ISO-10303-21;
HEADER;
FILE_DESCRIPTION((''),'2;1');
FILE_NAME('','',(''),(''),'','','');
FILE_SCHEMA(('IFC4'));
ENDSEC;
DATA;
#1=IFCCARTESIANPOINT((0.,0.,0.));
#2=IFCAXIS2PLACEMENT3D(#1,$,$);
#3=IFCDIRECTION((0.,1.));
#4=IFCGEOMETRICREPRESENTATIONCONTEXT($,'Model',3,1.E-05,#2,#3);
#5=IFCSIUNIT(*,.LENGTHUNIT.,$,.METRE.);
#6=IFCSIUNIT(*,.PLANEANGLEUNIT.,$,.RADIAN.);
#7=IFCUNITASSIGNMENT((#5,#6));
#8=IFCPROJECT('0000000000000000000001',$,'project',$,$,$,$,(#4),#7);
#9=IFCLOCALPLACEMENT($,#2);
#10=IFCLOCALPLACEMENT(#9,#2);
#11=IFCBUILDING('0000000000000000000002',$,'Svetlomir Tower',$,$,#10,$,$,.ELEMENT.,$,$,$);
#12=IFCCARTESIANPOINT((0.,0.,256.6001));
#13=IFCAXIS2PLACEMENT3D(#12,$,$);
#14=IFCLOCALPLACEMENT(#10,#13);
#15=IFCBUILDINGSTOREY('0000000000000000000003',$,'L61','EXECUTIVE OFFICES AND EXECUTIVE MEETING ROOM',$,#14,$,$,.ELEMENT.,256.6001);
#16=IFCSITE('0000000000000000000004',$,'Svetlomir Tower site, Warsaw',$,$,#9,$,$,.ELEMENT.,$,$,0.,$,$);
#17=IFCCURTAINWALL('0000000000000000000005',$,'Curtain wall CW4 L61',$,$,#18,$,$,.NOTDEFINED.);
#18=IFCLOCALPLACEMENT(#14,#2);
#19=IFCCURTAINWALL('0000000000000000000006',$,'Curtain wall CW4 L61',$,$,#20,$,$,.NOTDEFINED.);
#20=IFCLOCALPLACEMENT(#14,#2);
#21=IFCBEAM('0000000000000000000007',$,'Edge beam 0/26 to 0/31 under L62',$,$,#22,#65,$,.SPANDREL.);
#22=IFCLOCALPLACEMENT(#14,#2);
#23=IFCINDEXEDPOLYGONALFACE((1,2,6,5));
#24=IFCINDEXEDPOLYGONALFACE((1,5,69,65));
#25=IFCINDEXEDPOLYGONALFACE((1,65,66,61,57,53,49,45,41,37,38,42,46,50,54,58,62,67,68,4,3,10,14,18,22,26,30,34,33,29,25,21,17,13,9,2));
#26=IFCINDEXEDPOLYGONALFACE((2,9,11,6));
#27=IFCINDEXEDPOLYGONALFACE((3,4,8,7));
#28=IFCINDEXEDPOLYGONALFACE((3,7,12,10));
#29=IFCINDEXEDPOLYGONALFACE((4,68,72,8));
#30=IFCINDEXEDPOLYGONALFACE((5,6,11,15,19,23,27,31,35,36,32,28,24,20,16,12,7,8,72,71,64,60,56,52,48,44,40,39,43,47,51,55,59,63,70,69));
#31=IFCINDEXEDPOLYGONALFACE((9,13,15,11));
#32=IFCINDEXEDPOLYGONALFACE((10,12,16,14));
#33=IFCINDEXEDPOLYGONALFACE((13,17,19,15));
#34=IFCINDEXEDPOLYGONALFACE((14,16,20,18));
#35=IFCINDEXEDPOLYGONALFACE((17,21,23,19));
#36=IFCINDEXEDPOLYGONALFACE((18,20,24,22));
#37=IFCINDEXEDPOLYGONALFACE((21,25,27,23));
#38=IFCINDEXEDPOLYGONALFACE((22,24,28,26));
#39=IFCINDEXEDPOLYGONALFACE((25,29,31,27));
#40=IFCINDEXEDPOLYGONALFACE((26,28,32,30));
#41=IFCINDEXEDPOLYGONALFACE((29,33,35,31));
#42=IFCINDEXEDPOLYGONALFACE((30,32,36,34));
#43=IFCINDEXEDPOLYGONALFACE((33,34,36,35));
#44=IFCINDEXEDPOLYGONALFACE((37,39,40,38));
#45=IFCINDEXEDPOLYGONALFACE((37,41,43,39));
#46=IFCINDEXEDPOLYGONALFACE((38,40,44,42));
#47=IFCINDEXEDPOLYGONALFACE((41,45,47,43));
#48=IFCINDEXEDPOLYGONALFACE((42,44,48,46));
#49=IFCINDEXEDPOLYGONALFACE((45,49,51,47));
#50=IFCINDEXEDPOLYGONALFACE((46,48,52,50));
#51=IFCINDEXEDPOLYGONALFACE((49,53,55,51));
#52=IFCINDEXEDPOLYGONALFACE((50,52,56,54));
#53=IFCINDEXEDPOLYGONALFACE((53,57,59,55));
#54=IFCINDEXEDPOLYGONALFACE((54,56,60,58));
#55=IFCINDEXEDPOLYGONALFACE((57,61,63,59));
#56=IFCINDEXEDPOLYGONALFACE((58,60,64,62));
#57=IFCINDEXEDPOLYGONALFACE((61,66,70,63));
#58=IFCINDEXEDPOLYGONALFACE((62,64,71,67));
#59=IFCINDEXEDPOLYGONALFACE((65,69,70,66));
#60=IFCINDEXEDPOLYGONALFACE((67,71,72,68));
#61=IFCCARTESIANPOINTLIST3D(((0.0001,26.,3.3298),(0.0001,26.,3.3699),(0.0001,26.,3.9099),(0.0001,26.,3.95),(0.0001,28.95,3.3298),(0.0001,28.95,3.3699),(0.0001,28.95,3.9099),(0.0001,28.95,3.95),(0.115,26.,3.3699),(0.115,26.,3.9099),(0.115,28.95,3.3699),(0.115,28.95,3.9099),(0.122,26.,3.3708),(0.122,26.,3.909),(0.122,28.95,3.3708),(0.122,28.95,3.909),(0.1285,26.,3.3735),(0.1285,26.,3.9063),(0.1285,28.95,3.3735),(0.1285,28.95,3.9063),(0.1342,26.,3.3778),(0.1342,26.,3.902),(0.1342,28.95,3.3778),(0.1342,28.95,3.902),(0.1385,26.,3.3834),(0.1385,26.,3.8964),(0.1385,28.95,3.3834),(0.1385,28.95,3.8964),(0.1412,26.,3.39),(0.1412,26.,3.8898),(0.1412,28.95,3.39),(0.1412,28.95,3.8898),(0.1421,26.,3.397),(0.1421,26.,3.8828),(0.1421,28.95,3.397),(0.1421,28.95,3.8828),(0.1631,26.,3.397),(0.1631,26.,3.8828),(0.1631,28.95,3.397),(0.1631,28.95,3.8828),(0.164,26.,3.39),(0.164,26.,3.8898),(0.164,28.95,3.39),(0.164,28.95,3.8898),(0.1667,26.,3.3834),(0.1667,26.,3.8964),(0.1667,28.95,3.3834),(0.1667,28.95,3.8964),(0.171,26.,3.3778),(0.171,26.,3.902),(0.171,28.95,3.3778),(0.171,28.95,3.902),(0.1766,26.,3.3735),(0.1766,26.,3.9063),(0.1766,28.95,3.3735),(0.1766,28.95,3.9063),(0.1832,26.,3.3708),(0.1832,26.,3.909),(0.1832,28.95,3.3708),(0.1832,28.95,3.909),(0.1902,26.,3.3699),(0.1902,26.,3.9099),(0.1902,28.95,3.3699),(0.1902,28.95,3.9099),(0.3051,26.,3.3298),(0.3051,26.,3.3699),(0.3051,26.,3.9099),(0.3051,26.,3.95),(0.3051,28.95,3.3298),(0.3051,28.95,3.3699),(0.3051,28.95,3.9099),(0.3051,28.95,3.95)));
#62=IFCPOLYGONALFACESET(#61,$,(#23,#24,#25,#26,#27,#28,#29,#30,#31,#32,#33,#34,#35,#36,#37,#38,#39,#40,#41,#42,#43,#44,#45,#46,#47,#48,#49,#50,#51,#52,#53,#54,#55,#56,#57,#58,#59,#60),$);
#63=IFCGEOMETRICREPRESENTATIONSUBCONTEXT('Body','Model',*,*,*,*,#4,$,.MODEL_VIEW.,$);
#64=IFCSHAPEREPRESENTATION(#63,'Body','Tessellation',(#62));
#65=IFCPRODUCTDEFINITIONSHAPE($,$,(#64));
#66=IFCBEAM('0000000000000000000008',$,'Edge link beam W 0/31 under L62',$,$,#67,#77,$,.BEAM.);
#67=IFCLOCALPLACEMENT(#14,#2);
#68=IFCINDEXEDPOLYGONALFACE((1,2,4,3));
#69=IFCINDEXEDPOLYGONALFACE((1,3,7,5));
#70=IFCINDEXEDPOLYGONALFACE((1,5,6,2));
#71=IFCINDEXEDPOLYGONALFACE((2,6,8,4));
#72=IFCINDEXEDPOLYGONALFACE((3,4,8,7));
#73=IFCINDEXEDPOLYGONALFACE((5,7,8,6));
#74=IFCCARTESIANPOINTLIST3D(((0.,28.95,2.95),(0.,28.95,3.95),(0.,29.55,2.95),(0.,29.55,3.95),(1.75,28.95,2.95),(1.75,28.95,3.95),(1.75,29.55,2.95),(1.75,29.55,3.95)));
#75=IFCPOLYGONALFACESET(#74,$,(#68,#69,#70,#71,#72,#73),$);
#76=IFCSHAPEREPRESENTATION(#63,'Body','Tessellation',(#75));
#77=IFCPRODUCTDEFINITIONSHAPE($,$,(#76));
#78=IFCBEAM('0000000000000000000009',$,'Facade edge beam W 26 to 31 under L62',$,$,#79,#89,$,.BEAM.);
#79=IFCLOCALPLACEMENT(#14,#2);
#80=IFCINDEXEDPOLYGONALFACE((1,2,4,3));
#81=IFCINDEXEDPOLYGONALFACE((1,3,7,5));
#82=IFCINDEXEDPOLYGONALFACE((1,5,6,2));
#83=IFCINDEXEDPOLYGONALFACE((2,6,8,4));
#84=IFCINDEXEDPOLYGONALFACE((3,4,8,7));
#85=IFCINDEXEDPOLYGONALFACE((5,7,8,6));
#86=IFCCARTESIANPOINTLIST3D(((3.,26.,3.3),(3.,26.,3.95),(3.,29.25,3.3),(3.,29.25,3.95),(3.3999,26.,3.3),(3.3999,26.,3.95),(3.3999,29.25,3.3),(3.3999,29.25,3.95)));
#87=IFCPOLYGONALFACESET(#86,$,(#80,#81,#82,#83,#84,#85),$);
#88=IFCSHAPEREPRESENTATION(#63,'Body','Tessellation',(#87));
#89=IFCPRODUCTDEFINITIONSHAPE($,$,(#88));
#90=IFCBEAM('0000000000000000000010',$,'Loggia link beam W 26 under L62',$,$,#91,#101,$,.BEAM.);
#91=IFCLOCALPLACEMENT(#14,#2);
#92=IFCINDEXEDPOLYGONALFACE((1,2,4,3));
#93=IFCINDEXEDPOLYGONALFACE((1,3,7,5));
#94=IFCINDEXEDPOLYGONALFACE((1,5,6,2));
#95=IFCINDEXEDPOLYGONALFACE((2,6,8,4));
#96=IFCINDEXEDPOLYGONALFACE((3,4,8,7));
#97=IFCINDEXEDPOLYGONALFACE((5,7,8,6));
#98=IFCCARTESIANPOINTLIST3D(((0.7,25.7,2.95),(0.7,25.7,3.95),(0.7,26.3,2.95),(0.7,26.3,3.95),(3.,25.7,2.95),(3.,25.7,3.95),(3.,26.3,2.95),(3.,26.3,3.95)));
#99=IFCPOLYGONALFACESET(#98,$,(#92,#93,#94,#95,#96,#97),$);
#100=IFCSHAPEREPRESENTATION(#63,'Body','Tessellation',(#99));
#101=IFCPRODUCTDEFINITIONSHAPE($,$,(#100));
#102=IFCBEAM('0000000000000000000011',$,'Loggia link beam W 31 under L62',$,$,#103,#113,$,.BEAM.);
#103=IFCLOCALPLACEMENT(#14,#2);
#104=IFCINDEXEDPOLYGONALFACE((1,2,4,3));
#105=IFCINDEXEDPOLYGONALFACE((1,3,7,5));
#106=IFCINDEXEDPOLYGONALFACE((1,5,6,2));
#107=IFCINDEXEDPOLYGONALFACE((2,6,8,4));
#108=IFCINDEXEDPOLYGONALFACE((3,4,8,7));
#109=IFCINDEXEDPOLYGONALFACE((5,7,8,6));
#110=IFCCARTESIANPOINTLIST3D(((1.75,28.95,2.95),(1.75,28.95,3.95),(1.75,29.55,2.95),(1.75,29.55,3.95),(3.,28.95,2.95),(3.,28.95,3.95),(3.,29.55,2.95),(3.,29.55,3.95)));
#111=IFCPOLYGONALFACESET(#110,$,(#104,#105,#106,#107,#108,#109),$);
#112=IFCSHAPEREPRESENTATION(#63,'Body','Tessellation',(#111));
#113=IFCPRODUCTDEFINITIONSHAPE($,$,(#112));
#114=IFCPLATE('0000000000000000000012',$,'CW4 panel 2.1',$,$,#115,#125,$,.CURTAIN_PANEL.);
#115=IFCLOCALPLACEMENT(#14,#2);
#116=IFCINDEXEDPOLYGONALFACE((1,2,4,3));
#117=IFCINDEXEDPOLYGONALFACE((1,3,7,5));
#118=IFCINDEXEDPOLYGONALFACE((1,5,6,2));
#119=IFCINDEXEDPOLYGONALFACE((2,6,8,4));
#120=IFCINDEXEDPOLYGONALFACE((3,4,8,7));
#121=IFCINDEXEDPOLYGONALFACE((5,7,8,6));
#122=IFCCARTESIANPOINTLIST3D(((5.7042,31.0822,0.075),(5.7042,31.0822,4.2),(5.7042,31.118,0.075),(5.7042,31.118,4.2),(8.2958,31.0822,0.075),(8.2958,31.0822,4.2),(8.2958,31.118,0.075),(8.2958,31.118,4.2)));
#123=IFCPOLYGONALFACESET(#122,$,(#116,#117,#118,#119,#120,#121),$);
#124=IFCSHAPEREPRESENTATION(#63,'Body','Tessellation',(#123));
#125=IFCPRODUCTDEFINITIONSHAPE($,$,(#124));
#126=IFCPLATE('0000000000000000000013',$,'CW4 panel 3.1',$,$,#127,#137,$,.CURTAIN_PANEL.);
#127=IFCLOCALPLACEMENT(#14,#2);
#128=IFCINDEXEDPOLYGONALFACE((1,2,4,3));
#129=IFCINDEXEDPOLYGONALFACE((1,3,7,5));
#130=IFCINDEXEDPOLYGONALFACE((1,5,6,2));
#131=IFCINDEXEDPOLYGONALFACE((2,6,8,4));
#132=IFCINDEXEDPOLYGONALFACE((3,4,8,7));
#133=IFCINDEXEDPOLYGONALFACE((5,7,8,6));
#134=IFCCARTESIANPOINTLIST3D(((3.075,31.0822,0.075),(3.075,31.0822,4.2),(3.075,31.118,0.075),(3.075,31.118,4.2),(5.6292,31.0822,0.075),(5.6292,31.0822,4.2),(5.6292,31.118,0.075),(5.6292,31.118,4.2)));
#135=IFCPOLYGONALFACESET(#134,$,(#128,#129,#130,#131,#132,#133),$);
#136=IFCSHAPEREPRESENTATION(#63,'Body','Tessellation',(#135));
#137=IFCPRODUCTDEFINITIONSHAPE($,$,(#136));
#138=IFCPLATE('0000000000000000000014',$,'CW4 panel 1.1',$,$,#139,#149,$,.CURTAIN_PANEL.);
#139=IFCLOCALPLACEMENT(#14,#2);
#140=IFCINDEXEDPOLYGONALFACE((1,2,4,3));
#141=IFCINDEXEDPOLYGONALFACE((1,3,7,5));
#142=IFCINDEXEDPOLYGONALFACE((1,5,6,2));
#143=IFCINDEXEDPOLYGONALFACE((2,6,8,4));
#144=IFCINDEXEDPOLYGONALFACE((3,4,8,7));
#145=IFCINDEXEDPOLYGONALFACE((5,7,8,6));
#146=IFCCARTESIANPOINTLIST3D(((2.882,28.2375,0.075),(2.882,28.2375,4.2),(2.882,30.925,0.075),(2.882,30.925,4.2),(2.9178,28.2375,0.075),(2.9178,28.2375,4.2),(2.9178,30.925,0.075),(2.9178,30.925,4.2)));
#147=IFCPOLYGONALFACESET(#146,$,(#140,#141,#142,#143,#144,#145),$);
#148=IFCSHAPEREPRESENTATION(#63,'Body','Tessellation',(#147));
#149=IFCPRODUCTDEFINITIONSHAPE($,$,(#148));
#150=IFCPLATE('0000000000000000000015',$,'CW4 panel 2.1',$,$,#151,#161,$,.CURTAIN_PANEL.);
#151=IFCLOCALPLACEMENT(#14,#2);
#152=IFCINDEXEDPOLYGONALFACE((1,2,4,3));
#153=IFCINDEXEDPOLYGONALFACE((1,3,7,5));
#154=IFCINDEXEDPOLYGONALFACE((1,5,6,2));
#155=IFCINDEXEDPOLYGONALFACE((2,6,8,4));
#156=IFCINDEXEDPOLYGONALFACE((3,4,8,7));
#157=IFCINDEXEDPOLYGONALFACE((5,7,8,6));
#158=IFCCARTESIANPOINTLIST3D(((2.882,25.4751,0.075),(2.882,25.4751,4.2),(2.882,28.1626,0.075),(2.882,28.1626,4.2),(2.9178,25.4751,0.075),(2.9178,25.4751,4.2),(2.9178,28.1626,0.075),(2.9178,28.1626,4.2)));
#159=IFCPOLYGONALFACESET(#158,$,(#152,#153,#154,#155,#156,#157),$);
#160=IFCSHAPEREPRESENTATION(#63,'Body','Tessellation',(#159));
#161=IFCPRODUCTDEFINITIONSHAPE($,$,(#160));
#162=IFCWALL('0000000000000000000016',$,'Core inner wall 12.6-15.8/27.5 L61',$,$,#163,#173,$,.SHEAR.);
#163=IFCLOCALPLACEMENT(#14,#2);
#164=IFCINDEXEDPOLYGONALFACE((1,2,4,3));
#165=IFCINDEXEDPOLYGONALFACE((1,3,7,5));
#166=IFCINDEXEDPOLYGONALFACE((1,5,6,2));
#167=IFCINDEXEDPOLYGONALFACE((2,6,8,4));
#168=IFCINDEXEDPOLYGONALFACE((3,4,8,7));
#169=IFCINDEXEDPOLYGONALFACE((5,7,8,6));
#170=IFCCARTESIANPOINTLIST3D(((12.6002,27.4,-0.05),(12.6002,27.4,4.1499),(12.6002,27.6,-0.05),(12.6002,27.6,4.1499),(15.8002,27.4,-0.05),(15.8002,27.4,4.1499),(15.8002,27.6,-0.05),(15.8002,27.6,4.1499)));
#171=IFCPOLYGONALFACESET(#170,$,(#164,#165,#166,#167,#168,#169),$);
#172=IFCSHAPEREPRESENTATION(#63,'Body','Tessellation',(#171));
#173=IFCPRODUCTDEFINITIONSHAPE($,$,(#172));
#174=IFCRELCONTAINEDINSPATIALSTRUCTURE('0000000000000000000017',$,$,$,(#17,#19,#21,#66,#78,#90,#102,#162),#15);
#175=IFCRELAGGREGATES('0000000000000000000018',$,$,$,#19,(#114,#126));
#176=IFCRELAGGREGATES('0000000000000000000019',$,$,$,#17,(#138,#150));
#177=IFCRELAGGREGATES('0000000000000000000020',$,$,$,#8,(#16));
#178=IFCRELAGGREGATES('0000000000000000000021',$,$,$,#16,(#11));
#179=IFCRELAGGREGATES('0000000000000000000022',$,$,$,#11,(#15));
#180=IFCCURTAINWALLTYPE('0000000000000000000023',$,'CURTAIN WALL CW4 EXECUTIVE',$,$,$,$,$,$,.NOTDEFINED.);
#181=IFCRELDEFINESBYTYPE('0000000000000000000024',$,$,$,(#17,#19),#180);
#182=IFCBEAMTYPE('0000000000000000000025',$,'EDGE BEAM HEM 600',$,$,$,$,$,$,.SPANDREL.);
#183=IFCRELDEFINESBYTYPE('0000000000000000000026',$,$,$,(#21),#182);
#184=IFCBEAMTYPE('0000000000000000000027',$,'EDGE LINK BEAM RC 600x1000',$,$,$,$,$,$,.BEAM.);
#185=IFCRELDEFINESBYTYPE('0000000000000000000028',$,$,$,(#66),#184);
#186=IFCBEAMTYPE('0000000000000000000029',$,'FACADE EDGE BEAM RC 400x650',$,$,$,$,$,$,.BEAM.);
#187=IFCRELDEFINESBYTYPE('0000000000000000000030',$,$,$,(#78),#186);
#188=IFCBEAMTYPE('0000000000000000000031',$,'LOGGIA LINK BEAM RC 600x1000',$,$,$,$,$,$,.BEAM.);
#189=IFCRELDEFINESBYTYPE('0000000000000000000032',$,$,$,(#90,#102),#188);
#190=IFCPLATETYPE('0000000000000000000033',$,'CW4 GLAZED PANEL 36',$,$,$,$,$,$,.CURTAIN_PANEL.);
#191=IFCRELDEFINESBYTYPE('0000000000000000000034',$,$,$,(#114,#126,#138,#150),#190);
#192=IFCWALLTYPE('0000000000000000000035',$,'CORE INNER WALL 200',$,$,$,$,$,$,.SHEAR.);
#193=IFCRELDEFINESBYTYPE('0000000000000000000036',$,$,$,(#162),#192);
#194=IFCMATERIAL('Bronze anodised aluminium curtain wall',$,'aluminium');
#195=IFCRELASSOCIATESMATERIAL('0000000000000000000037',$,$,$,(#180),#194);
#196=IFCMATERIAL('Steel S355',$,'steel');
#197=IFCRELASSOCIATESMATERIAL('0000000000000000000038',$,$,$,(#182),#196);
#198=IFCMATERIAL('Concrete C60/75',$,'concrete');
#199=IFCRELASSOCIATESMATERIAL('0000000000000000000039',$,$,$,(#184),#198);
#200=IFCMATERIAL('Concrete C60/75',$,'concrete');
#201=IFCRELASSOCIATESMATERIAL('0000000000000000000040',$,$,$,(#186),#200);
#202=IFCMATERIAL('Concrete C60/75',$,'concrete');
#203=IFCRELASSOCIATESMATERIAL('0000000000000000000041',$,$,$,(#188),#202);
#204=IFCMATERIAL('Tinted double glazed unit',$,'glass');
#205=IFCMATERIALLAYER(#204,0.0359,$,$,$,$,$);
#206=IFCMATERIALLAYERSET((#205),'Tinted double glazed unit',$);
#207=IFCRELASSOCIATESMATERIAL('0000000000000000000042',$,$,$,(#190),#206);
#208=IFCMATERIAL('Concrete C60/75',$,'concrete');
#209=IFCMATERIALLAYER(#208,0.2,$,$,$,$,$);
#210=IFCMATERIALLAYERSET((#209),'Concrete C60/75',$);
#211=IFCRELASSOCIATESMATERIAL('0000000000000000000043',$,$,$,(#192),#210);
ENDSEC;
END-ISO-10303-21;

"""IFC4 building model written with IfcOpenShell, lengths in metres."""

from ifc_helpers import new_model, si_unit, direction, frame, frame_2d, origin, origin_2d, place, context, subcontext, project, spatial, rectangle, i_section, extrude, material, layer, layer_set, material_profile, profile_set, type_object, element, aggregate, save


model = new_model("IFC4")

# Units and contexts
model_context = context("Model", 3, precision=1e-05, world=origin(), true_north=direction((0.0, 1.0)))
body_context = subcontext(model_context, "Body", "Model", "MODEL_VIEW")
ifc_project = project(units=[si_unit("LENGTHUNIT", "METRE"), si_unit("PLANEANGLEUNIT", "RADIAN")], contexts=[model_context])

# Site, building, storey
site_placement = place(None, origin())
site = spatial("IfcSite", under=ifc_project, at=site_placement, Name="Svetlomir Tower site, Warsaw", CompositionType="ELEMENT", RefElevation=0.0)
building_placement = place(site_placement, origin())
building = spatial("IfcBuilding", under=site, at=building_placement, Name="Svetlomir Tower", CompositionType="ELEMENT")
storey_placement = place(building_placement, frame((0.0, 0.0, 256.6001)))
storey = spatial("IfcBuildingStorey", under=building, at=storey_placement, Name="L61", Description="EXECUTIVE OFFICES AND EXECUTIVE MEETING ROOM", CompositionType="ELEMENT", Elevation=256.6001)

# Curtain wall
ifc_material_1 = material(Name="Bronze anodised aluminium curtain wall", Category="aluminium")
curtain_wall_type = type_object("IfcCurtainWallType", Name="CURTAIN WALL CW4 EXECUTIVE", PredefinedType="NOTDEFINED", material=ifc_material_1)
curtain_wall_1_placement = place(storey_placement, origin())
curtain_wall_1 = element("IfcCurtainWall", 1, at=curtain_wall_1_placement, inside=storey, type_object=curtain_wall_type, Name="Curtain wall CW4 L61", PredefinedType="NOTDEFINED")

# Curtain wall
curtain_wall_2_placement = place(storey_placement, origin())
curtain_wall_2 = element("IfcCurtainWall", 2, at=curtain_wall_2_placement, inside=storey, type_object=curtain_wall_type, Name="Curtain wall CW4 L61", PredefinedType="NOTDEFINED")

# Beams
ifc_material_2 = material(Name="Steel S355", Category="steel")
ifc_material_profile_1 = material_profile(ifc_material_2, i_section(OverallWidth=0.3049, OverallDepth=0.6201, WebThickness=0.021, FlangeThickness=0.04, FilletRadius=0.0271, at=origin_2d()), Name="HEM 600")
ifc_profile_set_1 = profile_set([ifc_material_profile_1], Name="Steel S355")
beam_type_1 = type_object("IfcBeamType", Name="EDGE BEAM HEM 600", PredefinedType="SPANDREL", material=ifc_profile_set_1)
beam_1_placement = place(storey_placement, frame((0.1526, 26.0, 3.6399), z_axis=(0.0, 1.0, 0.0), x_axis=(-1.0, 0.0, 0.0)))
element("IfcBeam", 3, at=beam_1_placement, inside=storey, type_object=beam_type_1, Name="Edge beam 0/26 to 0/31 under L62", PredefinedType="SPANDREL", context=body_context, shape_type="SweptSolid", body=[
    extrude(i_section(OverallWidth=0.3049, OverallDepth=0.6201, WebThickness=0.021, FlangeThickness=0.04, FilletRadius=0.0271, at=origin_2d()), origin(), (0.0, 0.0, 1.0), 2.95),
])
ifc_material_3 = material(Name="Concrete C60/75", Category="concrete")
ifc_material_profile_2 = material_profile(ifc_material_3, rectangle(XDim=0.6001, YDim=1.0, at=origin_2d()), Name="RC 600x1000")
ifc_profile_set_2 = profile_set([ifc_material_profile_2], Name="Concrete C60/75")
beam_type_2 = type_object("IfcBeamType", Name="EDGE LINK BEAM RC 600x1000", PredefinedType="BEAM", material=ifc_profile_set_2)
beam_2_placement = place(storey_placement, frame((1.75, 29.25, 3.45), z_axis=(-1.0, 0.0, 0.0), x_axis=(0.0, -1.0, 0.0)))
element("IfcBeam", 4, at=beam_2_placement, inside=storey, type_object=beam_type_2, Name="Edge link beam W 0/31 under L62", PredefinedType="BEAM", context=body_context, shape_type="SweptSolid", body=[
    extrude(rectangle(XDim=0.6001, YDim=1.0, at=origin_2d()), origin(), (0.0, 0.0, 1.0), 1.75),
])
ifc_material_4 = material(Name="Concrete C60/75", Category="concrete")
ifc_material_profile_3 = material_profile(ifc_material_4, rectangle(XDim=0.3999, YDim=0.6499, at=origin_2d()), Name="RC 400x650")
ifc_profile_set_3 = profile_set([ifc_material_profile_3], Name="Concrete C60/75")
beam_type_3 = type_object("IfcBeamType", Name="FACADE EDGE BEAM RC 400x650", PredefinedType="BEAM", material=ifc_profile_set_3)
beam_3_placement = place(storey_placement, frame((3.2, 26.0, 3.625), z_axis=(0.0, 1.0, 0.0), x_axis=(-1.0, 0.0, 0.0)))
element("IfcBeam", 5, at=beam_3_placement, inside=storey, type_object=beam_type_3, Name="Facade edge beam W 26 to 31 under L62", PredefinedType="BEAM", context=body_context, shape_type="SweptSolid", body=[
    extrude(rectangle(XDim=0.3999, YDim=0.6499, at=origin_2d()), origin(), (0.0, 0.0, 1.0), 3.25),
])
ifc_material_5 = material(Name="Concrete C60/75", Category="concrete")
ifc_material_profile_4 = material_profile(ifc_material_5, rectangle(XDim=0.6001, YDim=1.0, at=origin_2d()), Name="RC 600x1000")
ifc_profile_set_4 = profile_set([ifc_material_profile_4], Name="Concrete C60/75")
beam_type_4 = type_object("IfcBeamType", Name="LOGGIA LINK BEAM RC 600x1000", PredefinedType="BEAM", material=ifc_profile_set_4)
beam_4_placement = place(storey_placement, frame((0.7, 26.0, 3.45), z_axis=(1.0, 0.0, 0.0), x_axis=(0.0, 1.0, 0.0)))
element("IfcBeam", 6, at=beam_4_placement, inside=storey, type_object=beam_type_4, Name="Loggia link beam W 26 under L62", PredefinedType="BEAM", context=body_context, shape_type="SweptSolid", body=[
    extrude(rectangle(XDim=0.6001, YDim=1.0, at=origin_2d()), origin(), (0.0, 0.0, 1.0), 2.3),
])
beam_5_placement = place(storey_placement, frame((1.75, 29.25, 3.45), z_axis=(1.0, 0.0, 0.0), x_axis=(0.0, 1.0, 0.0)))
element("IfcBeam", 7, at=beam_5_placement, inside=storey, type_object=beam_type_4, Name="Loggia link beam W 31 under L62", PredefinedType="BEAM", context=body_context, shape_type="SweptSolid", body=[
    extrude(rectangle(XDim=0.6001, YDim=1.0, at=origin_2d()), origin(), (0.0, 0.0, 1.0), 1.25),
])

# Plates
ifc_material_6 = material(Name="Tinted double glazed unit", Category="glass")
ifc_layer_1 = layer(ifc_material_6, 0.0359)
ifc_layer_set_1 = layer_set([ifc_layer_1], Name="Tinted double glazed unit")
plate_type = type_object("IfcPlateType", Name="CW4 GLAZED PANEL 36", PredefinedType="CURTAIN_PANEL", material=ifc_layer_set_1)
plate_1_placement = place(storey_placement, frame((7.0, 31.1001, 0.075), z_axis=(0.0, 0.0, 1.0), x_axis=(-1.0, 0.0, 0.0)))
plate_1 = element("IfcPlate", 8, at=plate_1_placement, type_object=plate_type, Name="CW4 panel 2.1", PredefinedType="CURTAIN_PANEL", context=body_context, shape_type="SweptSolid", body=[
    extrude(rectangle(XDim=2.5916, YDim=0.0359, at=origin_2d()), origin(), (0.0, 0.0, 1.0), 4.125),
])
plate_2_placement = place(storey_placement, frame((4.3521, 31.1001, 0.075), z_axis=(0.0, 0.0, 1.0), x_axis=(-1.0, 0.0, 0.0)))
plate_2 = element("IfcPlate", 9, at=plate_2_placement, type_object=plate_type, Name="CW4 panel 3.1", PredefinedType="CURTAIN_PANEL", context=body_context, shape_type="SweptSolid", body=[
    extrude(rectangle(XDim=2.5542, YDim=0.0359, at=origin_2d()), origin(), (0.0, 0.0, 1.0), 4.125),
])
aggregate(curtain_wall_2, [plate_1, plate_2])
plate_3_placement = place(storey_placement, frame((2.8999, 29.5813, 0.075), z_axis=(0.0, 0.0, 1.0), x_axis=(0.0, -1.0, 0.0)))
plate_3 = element("IfcPlate", 10, at=plate_3_placement, type_object=plate_type, Name="CW4 panel 1.1", PredefinedType="CURTAIN_PANEL", context=body_context, shape_type="SweptSolid", body=[
    extrude(rectangle(XDim=2.6875, YDim=0.0359, at=origin_2d()), origin(), (0.0, 0.0, 1.0), 4.125),
])
plate_4_placement = place(storey_placement, frame((2.8999, 26.8188, 0.075), z_axis=(0.0, 0.0, 1.0), x_axis=(0.0, -1.0, 0.0)))
plate_4 = element("IfcPlate", 11, at=plate_4_placement, type_object=plate_type, Name="CW4 panel 2.1", PredefinedType="CURTAIN_PANEL", context=body_context, shape_type="SweptSolid", body=[
    extrude(rectangle(XDim=2.6875, YDim=0.0359, at=origin_2d()), origin(), (0.0, 0.0, 1.0), 4.125),
])
aggregate(curtain_wall_1, [plate_3, plate_4])

# Wall
ifc_material_7 = material(Name="Concrete C60/75", Category="concrete")
ifc_layer_2 = layer(ifc_material_7, 0.2)
ifc_layer_set_2 = layer_set([ifc_layer_2], Name="Concrete C60/75")
wall_type_1 = type_object("IfcWallType", Name="CORE INNER WALL 200", PredefinedType="SHEAR", material=ifc_layer_set_2)
wall_1_placement = place(storey_placement, frame((12.6001, 27.5, -0.05), z_axis=(0.0, 0.0, 1.0), x_axis=(1.0, 0.0, 0.0)))
element("IfcWall", 12, at=wall_1_placement, inside=storey, type_object=wall_type_1, Name="Core inner wall 12.6-15.8/27.5 L61", PredefinedType="SHEAR", context=body_context, shape_type="SweptSolid", body=[
    extrude(rectangle(XDim=3.2, YDim=0.2, at=frame_2d((1.6001, 0.0))), origin(), (0.0, 0.0, 1.0), 4.2),
])

save(model, "model.ifc")
